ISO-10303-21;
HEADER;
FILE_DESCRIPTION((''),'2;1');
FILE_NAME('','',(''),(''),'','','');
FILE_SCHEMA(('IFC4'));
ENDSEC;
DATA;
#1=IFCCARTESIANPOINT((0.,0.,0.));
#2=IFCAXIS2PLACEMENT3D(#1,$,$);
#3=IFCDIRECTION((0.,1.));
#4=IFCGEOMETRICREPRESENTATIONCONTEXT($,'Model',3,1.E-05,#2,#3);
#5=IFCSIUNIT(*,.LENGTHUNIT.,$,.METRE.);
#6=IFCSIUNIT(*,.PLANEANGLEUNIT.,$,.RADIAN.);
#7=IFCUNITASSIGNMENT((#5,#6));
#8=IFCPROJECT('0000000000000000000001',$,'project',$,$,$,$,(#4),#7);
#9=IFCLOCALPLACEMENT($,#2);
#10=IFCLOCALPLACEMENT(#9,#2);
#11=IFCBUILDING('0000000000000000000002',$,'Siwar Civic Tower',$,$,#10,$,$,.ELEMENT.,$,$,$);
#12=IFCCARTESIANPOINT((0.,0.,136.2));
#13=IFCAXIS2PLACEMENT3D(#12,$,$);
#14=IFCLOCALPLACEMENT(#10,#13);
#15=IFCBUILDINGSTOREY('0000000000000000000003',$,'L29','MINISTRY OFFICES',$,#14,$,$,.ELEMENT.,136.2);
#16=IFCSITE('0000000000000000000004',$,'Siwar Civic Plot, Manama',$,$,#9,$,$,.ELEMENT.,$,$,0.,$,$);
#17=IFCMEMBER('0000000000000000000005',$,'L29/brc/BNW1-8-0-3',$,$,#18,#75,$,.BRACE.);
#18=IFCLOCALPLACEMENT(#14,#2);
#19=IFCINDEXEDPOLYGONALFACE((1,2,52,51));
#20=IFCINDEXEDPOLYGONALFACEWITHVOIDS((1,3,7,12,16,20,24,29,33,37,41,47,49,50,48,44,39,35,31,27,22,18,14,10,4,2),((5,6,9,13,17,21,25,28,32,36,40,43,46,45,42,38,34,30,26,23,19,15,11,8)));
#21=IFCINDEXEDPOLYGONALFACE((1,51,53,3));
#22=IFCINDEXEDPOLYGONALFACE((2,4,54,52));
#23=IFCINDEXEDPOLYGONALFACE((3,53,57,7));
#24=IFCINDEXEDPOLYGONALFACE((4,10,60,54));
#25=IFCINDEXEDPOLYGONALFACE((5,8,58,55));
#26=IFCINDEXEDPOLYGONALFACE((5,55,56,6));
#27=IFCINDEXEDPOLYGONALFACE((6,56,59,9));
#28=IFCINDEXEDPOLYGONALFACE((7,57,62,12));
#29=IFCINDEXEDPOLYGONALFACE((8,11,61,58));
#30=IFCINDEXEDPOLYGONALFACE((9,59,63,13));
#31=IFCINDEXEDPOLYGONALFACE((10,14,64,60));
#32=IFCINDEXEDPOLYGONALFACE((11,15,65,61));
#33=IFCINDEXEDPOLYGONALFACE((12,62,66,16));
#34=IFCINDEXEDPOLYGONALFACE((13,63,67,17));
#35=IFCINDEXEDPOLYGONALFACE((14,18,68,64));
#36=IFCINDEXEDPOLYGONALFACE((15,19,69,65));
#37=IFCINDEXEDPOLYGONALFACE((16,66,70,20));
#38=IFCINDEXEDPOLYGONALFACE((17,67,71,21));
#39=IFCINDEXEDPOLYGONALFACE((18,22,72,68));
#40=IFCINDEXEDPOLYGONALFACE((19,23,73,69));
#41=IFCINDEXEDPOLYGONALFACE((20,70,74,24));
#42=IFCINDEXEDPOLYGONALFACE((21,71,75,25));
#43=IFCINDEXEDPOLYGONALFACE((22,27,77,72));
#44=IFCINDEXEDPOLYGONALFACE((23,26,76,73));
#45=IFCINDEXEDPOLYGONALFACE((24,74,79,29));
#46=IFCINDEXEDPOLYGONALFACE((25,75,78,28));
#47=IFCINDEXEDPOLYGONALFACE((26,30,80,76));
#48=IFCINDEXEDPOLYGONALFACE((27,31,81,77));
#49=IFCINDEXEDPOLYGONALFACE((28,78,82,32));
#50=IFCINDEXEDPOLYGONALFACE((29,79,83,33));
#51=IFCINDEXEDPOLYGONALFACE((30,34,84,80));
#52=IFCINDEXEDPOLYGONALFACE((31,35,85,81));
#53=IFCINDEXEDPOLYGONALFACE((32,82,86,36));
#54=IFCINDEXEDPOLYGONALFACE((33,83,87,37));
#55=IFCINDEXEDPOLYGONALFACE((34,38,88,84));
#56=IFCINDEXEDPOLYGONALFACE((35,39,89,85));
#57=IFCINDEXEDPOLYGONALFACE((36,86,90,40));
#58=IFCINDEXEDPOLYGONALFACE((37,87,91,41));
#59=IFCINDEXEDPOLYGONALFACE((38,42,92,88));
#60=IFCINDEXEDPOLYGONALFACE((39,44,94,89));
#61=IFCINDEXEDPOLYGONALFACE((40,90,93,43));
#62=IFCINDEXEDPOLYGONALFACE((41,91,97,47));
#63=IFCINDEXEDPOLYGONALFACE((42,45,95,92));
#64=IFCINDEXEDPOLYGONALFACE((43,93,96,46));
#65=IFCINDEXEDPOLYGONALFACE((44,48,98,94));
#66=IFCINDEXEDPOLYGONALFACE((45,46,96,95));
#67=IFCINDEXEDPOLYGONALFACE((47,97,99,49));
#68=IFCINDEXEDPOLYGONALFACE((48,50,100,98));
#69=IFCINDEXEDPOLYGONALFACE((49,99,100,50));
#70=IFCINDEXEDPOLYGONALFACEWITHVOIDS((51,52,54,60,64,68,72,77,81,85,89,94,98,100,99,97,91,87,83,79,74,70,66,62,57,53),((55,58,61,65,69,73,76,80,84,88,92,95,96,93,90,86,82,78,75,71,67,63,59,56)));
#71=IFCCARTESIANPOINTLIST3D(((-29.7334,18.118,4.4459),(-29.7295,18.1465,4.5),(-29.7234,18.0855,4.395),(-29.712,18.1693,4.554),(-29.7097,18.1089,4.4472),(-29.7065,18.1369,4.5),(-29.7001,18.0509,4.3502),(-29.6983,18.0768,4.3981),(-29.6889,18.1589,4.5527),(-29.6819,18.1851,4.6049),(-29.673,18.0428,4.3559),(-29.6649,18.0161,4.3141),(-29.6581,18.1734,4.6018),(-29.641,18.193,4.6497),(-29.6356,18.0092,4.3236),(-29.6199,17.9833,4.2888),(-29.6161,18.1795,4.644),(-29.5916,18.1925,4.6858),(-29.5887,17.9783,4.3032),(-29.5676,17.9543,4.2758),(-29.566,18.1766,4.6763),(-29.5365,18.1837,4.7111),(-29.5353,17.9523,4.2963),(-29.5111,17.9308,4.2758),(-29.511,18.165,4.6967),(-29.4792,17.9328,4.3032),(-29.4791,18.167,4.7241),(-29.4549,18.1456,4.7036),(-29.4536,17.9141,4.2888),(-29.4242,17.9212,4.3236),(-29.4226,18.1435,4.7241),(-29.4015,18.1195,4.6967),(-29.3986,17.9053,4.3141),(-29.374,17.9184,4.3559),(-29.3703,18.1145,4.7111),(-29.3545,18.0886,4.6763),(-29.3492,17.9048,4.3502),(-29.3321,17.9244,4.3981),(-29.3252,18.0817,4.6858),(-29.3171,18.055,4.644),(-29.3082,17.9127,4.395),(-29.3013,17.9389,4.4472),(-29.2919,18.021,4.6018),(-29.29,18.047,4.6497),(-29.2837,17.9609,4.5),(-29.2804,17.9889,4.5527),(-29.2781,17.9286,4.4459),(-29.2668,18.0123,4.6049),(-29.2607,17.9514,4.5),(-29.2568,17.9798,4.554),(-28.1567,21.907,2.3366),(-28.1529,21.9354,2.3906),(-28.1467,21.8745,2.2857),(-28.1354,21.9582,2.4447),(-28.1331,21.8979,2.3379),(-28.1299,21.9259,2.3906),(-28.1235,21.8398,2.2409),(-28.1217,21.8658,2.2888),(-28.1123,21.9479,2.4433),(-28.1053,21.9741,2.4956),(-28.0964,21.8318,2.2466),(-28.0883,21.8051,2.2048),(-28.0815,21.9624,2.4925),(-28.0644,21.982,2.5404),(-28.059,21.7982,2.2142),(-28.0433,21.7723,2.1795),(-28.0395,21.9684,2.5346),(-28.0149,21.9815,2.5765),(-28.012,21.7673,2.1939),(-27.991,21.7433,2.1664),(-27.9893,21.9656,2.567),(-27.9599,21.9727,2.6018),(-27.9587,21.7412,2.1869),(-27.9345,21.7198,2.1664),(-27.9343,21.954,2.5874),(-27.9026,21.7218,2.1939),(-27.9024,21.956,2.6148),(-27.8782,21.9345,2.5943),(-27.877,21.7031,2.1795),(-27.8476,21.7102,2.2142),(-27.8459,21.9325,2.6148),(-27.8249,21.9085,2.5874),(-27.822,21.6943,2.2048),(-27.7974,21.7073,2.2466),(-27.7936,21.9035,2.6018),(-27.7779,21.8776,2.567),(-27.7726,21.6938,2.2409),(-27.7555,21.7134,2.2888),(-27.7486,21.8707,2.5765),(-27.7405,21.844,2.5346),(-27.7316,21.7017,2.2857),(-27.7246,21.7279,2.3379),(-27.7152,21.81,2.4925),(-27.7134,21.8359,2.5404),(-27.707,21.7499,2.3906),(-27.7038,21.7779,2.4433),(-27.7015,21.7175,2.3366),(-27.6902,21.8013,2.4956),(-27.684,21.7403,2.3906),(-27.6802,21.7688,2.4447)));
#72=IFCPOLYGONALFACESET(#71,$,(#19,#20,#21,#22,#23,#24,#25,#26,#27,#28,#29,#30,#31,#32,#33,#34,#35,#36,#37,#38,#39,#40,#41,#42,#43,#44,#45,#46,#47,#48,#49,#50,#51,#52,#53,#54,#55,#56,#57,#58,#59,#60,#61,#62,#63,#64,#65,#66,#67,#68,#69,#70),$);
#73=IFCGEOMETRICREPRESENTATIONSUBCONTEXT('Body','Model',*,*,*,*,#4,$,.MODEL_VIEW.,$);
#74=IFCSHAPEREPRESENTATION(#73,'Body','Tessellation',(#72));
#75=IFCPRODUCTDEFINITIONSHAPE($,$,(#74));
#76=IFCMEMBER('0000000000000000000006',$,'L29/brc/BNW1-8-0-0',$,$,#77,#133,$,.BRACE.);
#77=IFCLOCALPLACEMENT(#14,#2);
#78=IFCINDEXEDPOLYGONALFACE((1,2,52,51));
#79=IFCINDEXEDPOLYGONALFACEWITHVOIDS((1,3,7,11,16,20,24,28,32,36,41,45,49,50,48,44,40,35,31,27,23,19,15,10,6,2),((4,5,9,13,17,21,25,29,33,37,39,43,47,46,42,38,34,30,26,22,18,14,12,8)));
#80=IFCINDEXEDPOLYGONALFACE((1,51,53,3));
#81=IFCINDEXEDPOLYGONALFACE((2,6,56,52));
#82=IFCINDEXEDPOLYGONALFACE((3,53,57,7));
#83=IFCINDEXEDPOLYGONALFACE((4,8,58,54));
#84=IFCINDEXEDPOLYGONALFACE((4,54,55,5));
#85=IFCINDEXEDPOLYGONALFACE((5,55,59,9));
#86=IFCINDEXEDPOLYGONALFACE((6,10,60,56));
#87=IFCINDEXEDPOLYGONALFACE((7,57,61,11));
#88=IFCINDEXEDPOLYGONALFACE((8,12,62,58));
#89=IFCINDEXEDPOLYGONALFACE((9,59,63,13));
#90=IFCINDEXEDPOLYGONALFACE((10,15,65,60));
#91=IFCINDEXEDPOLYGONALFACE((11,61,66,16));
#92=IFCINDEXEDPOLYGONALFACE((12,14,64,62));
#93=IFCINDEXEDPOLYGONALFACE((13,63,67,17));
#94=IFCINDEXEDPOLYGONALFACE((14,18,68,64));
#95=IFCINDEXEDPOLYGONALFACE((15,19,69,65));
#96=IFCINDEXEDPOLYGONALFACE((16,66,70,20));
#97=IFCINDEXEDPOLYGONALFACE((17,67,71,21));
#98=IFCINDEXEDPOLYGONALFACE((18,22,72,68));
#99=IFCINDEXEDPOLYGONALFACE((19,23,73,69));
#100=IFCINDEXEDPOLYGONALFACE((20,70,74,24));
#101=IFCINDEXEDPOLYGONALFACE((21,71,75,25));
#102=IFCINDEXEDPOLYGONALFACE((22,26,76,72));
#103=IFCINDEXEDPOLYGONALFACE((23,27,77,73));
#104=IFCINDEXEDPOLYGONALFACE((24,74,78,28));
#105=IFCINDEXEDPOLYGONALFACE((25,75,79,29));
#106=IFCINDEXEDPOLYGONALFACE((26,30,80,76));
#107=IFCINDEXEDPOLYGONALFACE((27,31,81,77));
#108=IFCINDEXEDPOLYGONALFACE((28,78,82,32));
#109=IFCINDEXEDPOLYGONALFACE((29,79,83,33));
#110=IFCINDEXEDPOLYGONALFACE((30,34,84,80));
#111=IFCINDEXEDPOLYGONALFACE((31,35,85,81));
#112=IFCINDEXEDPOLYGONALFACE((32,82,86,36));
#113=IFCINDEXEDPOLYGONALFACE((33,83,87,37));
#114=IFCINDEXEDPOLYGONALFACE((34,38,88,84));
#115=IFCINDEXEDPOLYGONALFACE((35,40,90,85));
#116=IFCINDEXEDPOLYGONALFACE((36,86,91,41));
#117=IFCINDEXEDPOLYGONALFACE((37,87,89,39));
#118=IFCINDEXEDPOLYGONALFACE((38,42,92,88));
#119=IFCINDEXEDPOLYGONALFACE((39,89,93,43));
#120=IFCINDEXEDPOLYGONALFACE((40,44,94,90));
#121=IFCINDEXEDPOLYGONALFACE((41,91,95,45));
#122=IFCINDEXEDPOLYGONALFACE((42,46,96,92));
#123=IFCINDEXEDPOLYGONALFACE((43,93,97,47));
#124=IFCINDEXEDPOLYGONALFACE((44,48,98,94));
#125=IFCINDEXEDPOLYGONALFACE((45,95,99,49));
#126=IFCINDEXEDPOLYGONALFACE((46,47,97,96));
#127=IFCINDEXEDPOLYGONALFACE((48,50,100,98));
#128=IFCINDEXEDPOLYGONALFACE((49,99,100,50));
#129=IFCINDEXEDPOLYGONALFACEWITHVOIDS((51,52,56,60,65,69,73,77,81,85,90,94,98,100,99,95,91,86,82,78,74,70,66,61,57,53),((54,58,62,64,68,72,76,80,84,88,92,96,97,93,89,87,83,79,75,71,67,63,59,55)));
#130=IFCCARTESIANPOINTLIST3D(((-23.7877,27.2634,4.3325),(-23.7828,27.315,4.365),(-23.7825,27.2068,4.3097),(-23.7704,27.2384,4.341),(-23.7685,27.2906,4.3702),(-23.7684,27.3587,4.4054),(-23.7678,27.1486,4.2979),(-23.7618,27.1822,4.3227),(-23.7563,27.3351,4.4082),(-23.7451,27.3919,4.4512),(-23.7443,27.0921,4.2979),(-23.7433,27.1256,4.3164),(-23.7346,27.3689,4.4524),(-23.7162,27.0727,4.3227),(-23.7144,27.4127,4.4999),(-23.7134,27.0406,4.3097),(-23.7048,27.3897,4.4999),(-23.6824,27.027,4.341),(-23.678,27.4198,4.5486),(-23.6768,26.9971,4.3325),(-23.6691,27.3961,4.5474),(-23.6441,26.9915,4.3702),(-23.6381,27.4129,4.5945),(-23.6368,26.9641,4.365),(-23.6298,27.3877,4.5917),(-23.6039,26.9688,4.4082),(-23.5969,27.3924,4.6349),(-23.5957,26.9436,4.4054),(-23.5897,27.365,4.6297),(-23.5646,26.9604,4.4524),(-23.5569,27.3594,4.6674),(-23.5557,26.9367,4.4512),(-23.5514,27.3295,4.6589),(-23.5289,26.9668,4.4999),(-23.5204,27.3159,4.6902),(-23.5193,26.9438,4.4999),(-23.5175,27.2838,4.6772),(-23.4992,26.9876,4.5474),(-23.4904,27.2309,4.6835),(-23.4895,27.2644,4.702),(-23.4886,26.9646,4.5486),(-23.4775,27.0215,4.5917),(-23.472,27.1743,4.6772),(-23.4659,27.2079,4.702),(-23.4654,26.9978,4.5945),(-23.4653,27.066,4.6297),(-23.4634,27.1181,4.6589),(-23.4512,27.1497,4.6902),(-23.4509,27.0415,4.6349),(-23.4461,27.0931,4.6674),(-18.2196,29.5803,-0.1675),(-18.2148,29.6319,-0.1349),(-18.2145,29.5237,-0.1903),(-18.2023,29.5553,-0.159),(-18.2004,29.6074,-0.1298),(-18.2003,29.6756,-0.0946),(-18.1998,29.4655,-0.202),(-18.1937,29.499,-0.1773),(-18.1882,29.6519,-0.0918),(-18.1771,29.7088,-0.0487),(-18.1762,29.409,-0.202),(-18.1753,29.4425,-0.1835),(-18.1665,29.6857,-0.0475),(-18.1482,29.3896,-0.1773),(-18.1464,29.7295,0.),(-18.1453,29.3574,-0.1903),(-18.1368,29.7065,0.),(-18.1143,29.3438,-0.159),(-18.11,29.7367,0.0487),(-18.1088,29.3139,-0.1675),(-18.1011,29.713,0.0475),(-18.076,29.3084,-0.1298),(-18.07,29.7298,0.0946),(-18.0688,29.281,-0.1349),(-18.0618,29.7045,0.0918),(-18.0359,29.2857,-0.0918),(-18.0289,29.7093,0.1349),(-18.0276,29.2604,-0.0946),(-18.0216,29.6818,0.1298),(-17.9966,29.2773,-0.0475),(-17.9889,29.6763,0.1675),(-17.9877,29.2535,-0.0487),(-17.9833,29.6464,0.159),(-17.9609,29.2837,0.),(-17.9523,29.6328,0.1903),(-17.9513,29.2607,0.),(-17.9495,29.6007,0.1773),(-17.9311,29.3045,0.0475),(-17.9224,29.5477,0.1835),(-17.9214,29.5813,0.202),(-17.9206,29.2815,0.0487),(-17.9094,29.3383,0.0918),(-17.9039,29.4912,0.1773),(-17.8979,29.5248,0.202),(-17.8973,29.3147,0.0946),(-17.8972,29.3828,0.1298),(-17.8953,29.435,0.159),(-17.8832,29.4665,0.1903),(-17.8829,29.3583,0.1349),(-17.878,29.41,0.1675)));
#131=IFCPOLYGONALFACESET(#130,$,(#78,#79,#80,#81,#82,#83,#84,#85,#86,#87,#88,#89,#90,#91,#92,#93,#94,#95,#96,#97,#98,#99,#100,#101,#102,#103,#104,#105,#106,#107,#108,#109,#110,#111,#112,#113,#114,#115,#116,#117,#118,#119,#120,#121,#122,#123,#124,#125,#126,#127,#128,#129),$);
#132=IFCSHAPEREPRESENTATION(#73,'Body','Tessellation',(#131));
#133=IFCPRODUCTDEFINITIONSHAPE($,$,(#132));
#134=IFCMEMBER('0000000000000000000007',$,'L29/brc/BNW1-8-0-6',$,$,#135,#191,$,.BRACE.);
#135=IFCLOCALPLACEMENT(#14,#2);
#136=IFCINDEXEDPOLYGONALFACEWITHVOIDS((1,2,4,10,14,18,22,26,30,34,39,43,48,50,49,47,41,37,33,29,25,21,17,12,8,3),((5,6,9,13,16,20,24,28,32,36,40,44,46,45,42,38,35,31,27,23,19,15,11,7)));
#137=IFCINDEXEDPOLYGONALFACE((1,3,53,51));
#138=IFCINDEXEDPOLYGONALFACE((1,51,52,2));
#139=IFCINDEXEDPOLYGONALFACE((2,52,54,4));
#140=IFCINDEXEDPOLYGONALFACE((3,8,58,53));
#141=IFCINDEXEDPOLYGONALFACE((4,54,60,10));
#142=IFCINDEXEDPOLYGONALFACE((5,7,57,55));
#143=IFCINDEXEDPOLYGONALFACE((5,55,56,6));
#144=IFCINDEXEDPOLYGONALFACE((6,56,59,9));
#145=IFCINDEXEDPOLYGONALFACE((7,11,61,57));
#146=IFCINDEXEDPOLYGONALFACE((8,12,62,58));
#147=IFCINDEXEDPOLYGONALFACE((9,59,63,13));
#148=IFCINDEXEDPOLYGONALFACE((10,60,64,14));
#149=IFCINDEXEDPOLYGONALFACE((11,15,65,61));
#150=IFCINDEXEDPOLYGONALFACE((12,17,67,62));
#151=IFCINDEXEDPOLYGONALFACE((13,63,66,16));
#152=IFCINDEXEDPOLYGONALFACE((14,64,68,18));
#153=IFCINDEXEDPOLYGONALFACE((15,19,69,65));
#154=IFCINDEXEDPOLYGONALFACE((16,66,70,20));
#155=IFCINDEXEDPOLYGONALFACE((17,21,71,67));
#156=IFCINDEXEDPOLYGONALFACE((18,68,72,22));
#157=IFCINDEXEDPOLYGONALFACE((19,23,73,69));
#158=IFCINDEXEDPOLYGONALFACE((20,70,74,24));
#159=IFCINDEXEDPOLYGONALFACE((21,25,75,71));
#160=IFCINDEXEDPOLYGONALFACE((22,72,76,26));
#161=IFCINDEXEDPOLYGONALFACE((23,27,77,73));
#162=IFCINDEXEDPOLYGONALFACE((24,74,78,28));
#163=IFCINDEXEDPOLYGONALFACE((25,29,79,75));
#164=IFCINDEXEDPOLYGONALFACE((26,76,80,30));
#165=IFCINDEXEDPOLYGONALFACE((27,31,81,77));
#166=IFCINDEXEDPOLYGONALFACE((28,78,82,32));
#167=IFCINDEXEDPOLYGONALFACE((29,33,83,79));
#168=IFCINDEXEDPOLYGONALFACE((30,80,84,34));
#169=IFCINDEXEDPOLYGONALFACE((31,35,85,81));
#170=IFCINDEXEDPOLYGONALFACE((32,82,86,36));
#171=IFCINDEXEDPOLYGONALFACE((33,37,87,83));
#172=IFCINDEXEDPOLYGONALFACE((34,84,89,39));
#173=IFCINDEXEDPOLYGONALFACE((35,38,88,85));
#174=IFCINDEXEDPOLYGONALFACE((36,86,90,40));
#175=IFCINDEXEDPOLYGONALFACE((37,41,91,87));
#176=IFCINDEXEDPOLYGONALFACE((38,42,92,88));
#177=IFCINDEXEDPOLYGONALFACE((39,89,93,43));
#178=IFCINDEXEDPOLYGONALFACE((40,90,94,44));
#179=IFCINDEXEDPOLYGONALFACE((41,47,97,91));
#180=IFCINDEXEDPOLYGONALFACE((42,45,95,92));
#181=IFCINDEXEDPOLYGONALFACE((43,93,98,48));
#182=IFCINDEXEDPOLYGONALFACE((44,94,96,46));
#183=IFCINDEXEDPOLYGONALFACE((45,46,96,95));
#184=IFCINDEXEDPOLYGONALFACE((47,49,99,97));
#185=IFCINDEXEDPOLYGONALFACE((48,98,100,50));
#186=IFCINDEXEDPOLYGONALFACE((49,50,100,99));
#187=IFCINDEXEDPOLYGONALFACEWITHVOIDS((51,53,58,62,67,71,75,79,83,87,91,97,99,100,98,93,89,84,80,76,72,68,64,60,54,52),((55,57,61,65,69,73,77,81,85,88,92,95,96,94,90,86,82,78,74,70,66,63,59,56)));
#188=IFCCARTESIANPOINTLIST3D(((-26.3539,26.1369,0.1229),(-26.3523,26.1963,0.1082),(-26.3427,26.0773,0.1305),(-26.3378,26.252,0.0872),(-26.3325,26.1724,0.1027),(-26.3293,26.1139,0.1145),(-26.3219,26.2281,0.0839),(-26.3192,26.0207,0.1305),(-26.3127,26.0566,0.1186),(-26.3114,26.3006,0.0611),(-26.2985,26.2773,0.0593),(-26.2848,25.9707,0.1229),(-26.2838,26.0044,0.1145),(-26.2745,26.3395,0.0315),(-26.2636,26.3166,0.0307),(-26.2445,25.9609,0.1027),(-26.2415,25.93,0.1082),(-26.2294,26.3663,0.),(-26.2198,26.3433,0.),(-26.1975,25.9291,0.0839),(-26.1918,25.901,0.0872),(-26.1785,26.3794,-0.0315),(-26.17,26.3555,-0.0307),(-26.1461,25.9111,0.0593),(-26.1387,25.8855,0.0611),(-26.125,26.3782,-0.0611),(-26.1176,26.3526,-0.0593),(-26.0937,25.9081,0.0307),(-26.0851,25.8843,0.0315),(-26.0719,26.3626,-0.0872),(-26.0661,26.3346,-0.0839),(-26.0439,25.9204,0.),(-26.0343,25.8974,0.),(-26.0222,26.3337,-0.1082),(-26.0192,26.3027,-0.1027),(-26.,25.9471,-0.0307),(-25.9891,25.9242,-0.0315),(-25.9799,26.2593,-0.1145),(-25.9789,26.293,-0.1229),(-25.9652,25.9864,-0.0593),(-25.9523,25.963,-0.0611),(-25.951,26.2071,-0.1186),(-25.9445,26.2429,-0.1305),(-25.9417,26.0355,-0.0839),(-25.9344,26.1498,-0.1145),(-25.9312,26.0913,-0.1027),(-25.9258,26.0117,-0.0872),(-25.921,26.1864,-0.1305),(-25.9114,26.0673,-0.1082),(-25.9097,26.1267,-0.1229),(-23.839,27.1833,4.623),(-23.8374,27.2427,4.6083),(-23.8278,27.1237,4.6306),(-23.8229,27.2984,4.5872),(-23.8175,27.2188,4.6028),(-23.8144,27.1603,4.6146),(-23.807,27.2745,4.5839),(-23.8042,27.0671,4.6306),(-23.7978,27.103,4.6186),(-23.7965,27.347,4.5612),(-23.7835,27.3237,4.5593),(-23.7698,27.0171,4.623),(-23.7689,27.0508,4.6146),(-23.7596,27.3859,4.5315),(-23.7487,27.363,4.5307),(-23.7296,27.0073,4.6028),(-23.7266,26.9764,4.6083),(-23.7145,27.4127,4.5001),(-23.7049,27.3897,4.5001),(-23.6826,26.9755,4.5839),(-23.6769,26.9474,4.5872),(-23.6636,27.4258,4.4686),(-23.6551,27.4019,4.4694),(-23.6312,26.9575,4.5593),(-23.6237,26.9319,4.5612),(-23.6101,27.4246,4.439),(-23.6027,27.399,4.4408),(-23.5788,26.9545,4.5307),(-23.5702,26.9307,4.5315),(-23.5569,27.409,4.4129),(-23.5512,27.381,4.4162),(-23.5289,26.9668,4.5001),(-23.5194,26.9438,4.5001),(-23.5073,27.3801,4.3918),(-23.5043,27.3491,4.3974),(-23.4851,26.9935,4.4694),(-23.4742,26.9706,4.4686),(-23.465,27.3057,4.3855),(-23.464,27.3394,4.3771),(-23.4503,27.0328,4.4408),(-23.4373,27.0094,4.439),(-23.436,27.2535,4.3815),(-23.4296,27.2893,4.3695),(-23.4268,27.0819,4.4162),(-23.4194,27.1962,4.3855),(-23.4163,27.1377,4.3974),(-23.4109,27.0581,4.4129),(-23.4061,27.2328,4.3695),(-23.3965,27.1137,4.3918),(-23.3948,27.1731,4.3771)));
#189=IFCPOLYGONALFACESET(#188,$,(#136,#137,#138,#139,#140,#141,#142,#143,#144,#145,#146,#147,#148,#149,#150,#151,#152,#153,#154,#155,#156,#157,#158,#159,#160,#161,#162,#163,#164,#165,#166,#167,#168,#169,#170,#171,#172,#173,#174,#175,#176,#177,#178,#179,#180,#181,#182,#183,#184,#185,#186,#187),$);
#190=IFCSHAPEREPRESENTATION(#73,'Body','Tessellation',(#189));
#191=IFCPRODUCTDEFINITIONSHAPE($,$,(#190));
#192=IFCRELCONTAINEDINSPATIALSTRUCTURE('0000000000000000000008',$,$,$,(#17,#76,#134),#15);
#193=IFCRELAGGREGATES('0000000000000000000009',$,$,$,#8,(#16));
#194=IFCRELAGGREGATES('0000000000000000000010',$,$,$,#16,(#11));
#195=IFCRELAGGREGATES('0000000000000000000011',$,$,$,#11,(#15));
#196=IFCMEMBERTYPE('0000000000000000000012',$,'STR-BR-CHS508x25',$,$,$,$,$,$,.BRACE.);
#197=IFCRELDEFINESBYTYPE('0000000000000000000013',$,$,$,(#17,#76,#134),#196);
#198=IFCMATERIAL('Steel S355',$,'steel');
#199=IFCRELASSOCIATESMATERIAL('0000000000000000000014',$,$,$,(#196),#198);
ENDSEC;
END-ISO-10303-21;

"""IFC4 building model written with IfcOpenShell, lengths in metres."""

from ifc_helpers import new_model, si_unit, direction, frame, origin, origin_2d, place, context, subcontext, project, spatial, hollow_circle, extrude, material, material_profile, profile_set, type_object, element, save


model = new_model("IFC4")

# Units and contexts
model_context = context("Model", 3, precision=1e-05, world=origin(), true_north=direction((0.0, 1.0)))
body_context = subcontext(model_context, "Body", "Model", "MODEL_VIEW")
ifc_project = project(units=[si_unit("LENGTHUNIT", "METRE"), si_unit("PLANEANGLEUNIT", "RADIAN")], contexts=[model_context])

# Site, building, storey
site_placement = place(None, origin())
site = spatial("IfcSite", under=ifc_project, at=site_placement, Name="Siwar Civic Plot, Manama", CompositionType="ELEMENT", RefElevation=0.0)
building_placement = place(site_placement, origin())
building = spatial("IfcBuilding", under=site, at=building_placement, Name="Siwar Civic Tower", CompositionType="ELEMENT")
storey_placement = place(building_placement, frame((0.0, 0.0, 136.2)))
storey = spatial("IfcBuildingStorey", under=building, at=storey_placement, Name="L29", Description="MINISTRY OFFICES", CompositionType="ELEMENT", Elevation=136.2)

# Members
ifc_material_1 = material(Name="Steel S355", Category="steel")
ifc_material_profile_1 = material_profile(ifc_material_1, hollow_circle(Radius=0.2539, WallThickness=0.0249, at=origin_2d()), Name="CHS508x25")
ifc_profile_set_1 = profile_set([ifc_material_profile_1], Name="Steel S355")
member_type_1 = type_object("IfcMemberType", Name="STR-BR-CHS508x25", PredefinedType="BRACE", material=ifc_profile_set_1)
member_1_placement = place(storey_placement, frame((-27.9185, 21.8379, 2.3906), z_axis=(-0.341686, -0.821146, 0.457133), x_axis=(0.92326, -0.384176, 0.0)))
element("IfcMember", 1, at=member_1_placement, inside=storey, type_object=member_type_1, Name="L29/brc/BNW1-8-0-3", PredefinedType="BRACE", context=body_context, shape_type="SweptSolid", body=[
    extrude(hollow_circle(Radius=0.2539, WallThickness=0.0249, at=origin_2d()), origin(), (0.0, 0.0, 1.0), 4.6143),
])
member_2_placement = place(storey_placement, frame((-18.0488, 29.4951, 0.0), z_axis=(-0.739973, -0.307903, 0.598026), x_axis=(0.38417, -0.923262, 0.0)))
element("IfcMember", 2, at=member_2_placement, inside=storey, type_object=member_type_1, Name="L29/brc/BNW1-8-0-0", PredefinedType="BRACE", context=body_context, shape_type="SweptSolid", body=[
    extrude(hollow_circle(Radius=0.2539, WallThickness=0.0249, at=origin_2d()), origin(), (0.0, 0.0, 1.0), 7.5247),
])
member_3_placement = place(storey_placement, frame((-26.1318, 26.1318, 0.0), z_axis=(0.478099, 0.198926, 0.855482), x_axis=(-0.384151, 0.92327, 0.0)))
element("IfcMember", 3, at=member_3_placement, inside=storey, type_object=member_type_1, Name="L29/brc/BNW1-8-0-6", PredefinedType="BRACE", context=body_context, shape_type="SweptSolid", body=[
    extrude(hollow_circle(Radius=0.2539, WallThickness=0.0249, at=origin_2d()), origin(), (0.0, 0.0, 1.0), 5.2603),
])

save(model, "model.ifc")
